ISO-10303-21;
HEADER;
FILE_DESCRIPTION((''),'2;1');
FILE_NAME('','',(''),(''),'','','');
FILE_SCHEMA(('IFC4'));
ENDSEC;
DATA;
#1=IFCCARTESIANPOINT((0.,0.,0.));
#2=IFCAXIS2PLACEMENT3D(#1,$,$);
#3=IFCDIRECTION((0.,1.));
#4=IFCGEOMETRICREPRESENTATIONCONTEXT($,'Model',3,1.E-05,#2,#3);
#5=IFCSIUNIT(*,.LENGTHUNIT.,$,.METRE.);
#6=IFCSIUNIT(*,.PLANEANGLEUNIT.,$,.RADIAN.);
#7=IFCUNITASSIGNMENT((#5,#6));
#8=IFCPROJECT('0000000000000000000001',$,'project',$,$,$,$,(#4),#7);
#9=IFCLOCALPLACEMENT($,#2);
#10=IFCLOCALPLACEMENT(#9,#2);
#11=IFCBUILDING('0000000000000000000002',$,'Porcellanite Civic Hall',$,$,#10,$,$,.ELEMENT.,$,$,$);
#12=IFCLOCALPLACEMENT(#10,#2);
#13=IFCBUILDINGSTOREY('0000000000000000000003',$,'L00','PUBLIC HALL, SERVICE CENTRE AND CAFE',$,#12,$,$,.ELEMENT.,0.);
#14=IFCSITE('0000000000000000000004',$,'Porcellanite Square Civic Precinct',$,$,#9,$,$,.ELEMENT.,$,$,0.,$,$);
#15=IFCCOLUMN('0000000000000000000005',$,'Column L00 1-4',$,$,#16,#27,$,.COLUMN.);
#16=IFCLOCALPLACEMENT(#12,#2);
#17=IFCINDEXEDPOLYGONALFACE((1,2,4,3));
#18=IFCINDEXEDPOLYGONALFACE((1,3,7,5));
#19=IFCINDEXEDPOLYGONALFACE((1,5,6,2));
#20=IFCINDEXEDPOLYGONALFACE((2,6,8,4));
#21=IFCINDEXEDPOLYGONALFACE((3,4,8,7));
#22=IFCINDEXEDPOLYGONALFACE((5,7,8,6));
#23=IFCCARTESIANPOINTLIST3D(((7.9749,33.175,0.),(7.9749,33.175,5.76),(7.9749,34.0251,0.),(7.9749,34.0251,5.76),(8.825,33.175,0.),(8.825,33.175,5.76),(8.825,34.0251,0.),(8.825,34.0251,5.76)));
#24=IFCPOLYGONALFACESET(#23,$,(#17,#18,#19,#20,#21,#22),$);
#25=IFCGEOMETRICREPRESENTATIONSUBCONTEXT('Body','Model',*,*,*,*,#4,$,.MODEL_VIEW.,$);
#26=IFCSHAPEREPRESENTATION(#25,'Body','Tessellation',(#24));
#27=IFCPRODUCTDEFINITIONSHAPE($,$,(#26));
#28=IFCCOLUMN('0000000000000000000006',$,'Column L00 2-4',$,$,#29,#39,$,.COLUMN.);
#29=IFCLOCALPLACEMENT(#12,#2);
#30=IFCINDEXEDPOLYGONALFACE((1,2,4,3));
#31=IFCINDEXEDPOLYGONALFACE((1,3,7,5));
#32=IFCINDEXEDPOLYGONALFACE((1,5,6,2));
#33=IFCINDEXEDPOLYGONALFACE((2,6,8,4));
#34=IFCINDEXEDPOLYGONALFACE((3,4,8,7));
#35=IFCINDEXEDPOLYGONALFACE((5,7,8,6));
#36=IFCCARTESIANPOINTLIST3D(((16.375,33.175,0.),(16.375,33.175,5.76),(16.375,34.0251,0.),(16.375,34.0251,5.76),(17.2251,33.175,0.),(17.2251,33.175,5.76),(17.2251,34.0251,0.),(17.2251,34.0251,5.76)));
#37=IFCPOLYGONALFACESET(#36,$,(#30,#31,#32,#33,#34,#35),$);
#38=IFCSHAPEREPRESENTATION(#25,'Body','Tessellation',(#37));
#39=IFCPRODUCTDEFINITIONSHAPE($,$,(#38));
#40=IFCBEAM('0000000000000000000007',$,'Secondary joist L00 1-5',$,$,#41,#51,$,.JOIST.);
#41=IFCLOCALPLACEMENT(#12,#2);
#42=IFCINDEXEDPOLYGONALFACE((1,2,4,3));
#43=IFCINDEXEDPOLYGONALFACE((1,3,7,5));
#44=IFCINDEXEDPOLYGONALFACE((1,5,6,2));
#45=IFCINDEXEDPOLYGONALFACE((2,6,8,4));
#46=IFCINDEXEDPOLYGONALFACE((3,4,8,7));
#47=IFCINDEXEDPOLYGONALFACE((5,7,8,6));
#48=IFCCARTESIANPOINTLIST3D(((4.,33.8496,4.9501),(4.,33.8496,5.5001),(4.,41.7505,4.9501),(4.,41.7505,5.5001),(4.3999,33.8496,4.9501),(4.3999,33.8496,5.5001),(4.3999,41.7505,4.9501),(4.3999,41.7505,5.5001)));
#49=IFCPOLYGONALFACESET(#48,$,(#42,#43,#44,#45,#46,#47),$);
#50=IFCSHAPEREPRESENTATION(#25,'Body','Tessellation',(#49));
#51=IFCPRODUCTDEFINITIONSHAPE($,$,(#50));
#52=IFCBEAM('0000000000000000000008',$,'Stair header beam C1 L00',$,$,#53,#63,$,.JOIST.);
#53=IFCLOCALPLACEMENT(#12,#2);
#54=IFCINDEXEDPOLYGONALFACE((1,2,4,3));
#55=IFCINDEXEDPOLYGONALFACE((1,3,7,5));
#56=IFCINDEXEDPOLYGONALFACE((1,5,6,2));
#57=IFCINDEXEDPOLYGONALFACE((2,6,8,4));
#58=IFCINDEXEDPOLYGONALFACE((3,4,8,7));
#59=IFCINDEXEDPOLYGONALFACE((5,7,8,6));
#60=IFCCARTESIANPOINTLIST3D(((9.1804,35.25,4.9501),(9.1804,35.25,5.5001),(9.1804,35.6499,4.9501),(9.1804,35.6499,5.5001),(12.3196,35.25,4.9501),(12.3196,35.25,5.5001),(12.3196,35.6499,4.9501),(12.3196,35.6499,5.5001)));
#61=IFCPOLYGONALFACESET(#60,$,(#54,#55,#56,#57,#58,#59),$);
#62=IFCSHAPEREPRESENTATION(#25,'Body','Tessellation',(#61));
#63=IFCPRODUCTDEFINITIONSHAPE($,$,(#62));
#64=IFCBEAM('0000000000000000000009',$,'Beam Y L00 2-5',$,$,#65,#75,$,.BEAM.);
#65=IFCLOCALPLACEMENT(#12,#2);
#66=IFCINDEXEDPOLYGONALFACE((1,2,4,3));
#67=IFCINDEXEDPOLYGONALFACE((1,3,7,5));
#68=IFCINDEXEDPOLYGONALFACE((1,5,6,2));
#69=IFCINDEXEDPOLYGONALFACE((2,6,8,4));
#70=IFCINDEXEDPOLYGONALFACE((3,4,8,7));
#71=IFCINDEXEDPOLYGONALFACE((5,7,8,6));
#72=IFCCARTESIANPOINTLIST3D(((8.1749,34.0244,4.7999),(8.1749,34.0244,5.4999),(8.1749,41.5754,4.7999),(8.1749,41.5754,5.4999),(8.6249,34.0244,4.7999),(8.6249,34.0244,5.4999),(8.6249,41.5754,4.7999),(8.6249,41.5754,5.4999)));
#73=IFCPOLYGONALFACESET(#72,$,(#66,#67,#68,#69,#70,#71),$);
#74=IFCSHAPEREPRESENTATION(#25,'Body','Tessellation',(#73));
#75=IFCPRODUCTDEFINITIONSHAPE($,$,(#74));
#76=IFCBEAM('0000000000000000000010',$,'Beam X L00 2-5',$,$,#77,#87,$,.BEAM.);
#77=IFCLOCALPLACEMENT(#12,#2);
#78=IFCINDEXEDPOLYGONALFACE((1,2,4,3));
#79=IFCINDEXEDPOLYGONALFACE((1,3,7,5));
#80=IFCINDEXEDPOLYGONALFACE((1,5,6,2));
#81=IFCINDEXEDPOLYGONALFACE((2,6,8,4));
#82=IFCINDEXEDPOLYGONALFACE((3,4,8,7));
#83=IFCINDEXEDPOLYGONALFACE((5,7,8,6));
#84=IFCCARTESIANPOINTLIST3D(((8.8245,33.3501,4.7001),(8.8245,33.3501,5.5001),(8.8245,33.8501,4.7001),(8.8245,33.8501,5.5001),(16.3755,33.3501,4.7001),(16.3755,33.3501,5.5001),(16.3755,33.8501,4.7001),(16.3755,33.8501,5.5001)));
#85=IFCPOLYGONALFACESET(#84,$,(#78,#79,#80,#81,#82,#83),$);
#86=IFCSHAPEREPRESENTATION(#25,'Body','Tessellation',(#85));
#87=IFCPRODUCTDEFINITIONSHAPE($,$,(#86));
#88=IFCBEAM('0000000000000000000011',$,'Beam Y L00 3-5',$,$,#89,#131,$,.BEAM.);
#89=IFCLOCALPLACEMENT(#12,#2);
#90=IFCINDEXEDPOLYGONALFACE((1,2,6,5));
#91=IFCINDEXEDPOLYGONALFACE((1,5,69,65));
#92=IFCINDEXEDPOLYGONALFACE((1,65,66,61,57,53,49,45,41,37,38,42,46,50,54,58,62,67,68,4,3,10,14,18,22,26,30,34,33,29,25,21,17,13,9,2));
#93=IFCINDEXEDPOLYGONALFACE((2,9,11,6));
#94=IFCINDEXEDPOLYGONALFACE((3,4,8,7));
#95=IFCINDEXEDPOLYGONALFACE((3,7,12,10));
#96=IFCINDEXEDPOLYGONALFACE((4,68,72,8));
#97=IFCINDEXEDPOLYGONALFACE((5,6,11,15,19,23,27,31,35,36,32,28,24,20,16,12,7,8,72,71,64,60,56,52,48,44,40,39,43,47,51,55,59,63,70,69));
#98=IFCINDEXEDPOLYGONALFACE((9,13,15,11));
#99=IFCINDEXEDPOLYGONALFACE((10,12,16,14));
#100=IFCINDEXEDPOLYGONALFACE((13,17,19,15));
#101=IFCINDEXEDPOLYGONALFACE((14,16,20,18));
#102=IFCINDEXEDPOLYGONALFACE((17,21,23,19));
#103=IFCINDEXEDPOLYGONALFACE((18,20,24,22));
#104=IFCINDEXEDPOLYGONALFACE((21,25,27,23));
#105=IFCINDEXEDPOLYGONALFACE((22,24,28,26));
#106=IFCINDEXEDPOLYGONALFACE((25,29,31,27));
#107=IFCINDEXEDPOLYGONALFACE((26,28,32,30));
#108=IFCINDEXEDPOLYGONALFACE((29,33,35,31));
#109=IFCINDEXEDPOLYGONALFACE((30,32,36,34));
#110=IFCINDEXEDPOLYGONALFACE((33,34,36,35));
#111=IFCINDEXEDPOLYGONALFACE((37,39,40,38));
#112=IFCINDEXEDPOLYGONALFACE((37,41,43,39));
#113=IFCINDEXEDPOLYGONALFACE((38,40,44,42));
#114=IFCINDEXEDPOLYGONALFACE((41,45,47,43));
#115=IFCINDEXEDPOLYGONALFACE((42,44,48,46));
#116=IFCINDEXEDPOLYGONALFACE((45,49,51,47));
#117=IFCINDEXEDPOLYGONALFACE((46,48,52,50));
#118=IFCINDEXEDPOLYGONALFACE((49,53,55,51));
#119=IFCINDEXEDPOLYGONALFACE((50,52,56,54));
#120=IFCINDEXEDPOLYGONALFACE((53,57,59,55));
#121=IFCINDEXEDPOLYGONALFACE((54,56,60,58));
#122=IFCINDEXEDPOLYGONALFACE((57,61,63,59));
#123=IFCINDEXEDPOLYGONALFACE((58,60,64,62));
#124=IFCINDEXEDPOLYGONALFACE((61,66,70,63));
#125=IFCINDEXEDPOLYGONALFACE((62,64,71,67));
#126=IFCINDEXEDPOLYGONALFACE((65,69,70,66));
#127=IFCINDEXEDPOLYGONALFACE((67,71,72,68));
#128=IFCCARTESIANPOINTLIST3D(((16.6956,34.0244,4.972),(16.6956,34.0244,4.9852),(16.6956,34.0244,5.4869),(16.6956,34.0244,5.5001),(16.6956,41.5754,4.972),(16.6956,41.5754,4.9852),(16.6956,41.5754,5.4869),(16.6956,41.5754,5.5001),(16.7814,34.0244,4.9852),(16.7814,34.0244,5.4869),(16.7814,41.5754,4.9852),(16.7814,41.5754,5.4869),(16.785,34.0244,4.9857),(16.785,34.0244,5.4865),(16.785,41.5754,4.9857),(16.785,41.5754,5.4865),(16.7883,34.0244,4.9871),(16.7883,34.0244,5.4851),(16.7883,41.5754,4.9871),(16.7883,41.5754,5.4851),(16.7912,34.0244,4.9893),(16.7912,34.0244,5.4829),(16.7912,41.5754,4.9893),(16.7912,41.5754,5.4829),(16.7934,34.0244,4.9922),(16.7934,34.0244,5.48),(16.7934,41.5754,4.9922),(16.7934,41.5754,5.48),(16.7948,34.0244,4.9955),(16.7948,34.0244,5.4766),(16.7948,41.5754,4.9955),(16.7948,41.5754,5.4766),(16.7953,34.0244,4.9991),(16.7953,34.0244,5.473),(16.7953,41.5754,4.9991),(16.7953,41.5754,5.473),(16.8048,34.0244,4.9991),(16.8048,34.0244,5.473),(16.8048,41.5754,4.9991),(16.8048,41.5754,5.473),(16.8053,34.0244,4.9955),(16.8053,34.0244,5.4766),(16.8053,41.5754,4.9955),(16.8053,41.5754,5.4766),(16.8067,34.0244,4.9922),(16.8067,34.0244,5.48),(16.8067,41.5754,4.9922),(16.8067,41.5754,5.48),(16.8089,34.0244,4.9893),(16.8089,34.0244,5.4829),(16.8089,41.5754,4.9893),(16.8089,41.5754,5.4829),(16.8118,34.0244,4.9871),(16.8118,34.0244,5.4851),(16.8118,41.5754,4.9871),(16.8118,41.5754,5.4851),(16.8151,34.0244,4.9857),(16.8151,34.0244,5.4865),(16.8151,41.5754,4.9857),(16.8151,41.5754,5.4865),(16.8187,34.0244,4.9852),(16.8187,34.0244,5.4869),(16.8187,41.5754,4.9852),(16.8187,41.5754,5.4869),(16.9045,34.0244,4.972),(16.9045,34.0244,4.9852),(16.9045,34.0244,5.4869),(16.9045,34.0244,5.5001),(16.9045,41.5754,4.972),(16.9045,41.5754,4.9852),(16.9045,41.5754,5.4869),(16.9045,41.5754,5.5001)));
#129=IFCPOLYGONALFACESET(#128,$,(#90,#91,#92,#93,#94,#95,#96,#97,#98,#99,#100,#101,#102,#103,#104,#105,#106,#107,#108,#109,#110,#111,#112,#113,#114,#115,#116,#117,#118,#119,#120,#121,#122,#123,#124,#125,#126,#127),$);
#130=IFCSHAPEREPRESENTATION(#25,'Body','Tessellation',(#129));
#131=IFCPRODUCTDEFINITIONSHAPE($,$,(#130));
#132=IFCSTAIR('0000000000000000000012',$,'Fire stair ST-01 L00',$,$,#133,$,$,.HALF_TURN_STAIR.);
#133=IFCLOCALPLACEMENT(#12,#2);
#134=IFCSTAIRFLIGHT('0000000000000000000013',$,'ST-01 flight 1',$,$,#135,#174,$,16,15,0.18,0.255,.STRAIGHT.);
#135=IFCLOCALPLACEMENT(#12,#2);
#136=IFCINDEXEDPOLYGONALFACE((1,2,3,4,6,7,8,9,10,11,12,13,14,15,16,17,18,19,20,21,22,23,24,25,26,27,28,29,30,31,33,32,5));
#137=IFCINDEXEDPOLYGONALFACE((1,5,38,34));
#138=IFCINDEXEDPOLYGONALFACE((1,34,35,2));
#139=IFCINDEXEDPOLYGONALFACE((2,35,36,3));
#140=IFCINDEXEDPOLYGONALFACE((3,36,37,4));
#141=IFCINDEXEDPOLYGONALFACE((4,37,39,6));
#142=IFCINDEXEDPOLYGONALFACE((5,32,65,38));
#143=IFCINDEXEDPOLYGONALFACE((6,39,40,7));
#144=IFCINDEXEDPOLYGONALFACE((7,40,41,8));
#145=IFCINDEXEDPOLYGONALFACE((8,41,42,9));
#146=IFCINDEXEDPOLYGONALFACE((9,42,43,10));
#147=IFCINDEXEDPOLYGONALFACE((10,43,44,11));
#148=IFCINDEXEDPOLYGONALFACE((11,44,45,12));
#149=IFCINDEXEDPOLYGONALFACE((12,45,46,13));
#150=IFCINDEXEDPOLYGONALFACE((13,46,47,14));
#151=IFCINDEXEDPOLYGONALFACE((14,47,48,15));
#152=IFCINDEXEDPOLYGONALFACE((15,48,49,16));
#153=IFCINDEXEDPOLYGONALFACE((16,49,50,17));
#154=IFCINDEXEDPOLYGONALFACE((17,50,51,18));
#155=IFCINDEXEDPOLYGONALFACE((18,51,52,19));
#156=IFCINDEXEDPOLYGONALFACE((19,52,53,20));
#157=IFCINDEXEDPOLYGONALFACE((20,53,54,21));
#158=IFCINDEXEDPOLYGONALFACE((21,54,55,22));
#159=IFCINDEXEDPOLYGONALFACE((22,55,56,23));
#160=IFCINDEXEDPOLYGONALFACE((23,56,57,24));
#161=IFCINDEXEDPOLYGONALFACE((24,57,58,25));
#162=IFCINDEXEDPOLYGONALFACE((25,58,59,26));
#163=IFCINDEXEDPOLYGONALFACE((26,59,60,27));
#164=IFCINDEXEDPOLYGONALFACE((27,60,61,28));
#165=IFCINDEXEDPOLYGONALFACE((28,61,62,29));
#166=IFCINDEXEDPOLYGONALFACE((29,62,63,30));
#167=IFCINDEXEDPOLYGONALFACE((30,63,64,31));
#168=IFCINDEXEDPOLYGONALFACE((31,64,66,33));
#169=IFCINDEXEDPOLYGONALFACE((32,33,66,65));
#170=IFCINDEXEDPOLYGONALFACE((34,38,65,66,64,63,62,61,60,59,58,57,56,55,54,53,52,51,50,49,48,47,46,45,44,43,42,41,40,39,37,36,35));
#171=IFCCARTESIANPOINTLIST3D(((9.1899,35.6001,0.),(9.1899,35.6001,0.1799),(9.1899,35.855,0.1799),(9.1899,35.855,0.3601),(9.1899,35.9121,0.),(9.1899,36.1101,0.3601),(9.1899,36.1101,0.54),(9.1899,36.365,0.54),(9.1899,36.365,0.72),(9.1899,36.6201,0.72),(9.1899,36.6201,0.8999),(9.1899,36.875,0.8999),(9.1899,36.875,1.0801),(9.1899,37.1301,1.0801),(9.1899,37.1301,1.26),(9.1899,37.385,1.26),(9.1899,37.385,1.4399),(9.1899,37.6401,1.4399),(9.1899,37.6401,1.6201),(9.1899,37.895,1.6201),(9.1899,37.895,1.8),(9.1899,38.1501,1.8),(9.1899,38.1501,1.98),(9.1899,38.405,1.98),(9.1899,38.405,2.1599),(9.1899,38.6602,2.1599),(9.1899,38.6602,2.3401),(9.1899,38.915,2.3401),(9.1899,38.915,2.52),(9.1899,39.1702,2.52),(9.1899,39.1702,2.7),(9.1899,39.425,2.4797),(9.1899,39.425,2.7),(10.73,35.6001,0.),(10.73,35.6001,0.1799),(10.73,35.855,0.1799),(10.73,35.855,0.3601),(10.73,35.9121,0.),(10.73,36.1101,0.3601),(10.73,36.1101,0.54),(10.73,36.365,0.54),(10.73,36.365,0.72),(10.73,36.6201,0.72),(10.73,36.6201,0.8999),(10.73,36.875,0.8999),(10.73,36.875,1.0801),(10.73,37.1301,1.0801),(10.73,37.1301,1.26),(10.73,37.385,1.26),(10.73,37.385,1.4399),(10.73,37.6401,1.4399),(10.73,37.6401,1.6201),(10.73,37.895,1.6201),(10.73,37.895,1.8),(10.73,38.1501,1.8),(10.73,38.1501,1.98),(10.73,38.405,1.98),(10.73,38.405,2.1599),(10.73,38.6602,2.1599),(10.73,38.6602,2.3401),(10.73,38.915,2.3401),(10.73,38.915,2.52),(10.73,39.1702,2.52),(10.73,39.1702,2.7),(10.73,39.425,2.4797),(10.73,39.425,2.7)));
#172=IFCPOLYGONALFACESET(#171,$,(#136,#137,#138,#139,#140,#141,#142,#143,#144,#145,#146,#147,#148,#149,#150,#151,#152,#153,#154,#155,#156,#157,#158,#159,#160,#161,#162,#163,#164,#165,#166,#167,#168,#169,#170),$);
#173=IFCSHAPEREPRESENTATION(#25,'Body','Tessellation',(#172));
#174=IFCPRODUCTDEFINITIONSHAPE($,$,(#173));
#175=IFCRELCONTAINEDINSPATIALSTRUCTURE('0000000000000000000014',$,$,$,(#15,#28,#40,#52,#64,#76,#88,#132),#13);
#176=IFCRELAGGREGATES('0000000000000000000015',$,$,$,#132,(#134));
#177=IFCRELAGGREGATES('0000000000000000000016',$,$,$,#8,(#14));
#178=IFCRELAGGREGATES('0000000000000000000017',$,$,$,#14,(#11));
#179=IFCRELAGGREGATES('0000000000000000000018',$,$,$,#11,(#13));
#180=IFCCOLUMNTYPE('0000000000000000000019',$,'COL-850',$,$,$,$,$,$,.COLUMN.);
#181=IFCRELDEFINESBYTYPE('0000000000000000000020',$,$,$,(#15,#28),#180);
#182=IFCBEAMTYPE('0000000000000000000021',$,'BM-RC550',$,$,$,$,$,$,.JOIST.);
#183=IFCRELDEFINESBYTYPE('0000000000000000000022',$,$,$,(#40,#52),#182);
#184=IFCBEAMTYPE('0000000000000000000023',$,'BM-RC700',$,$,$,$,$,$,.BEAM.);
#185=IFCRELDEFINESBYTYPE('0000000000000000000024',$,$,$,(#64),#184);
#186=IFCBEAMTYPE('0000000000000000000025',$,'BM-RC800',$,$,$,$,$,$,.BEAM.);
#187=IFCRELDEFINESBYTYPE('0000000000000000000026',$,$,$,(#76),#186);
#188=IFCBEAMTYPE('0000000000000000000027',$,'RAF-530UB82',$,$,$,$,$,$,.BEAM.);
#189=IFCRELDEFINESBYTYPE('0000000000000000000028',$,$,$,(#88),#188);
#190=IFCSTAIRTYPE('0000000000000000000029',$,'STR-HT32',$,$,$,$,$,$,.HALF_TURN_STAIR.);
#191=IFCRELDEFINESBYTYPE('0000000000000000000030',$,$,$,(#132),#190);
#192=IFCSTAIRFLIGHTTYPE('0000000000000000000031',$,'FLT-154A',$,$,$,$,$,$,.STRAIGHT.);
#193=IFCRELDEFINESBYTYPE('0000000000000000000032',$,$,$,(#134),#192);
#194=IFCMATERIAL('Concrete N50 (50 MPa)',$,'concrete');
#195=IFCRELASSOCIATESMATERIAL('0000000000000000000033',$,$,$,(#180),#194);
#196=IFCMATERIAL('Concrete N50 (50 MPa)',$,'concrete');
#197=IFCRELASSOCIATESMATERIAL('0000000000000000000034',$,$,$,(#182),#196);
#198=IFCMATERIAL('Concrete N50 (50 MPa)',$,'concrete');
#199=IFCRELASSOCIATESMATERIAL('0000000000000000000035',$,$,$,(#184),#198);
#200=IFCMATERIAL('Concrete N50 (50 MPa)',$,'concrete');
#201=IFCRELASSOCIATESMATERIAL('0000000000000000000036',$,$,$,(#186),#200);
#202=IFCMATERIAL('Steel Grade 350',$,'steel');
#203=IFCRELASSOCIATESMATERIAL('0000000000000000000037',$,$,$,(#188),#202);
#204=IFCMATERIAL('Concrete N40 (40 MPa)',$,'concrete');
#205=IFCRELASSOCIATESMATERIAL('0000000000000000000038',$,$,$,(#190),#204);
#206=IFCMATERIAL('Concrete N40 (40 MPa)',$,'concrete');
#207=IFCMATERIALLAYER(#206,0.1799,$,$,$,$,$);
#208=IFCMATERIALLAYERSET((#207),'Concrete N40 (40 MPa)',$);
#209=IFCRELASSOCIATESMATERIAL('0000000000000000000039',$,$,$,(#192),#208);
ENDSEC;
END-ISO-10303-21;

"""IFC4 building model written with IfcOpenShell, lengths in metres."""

from ifc_helpers import new_model, si_unit, direction, frame, origin, origin_2d, place, context, subcontext, project, spatial, polyline, rectangle, i_section, outline, extrude, material, layer, layer_set, material_profile, profile_set, type_object, element, aggregate, save


model = new_model("IFC4")

# Units and contexts
model_context = context("Model", 3, precision=1e-05, world=origin(), true_north=direction((0.0, 1.0)))
body_context = subcontext(model_context, "Body", "Model", "MODEL_VIEW")
ifc_project = project(units=[si_unit("LENGTHUNIT", "METRE"), si_unit("PLANEANGLEUNIT", "RADIAN")], contexts=[model_context])

# Site, building, storey
site_placement = place(None, origin())
site = spatial("IfcSite", under=ifc_project, at=site_placement, Name="Porcellanite Square Civic Precinct", CompositionType="ELEMENT", RefElevation=0.0)
building_placement = place(site_placement, origin())
building = spatial("IfcBuilding", under=site, at=building_placement, Name="Porcellanite Civic Hall", CompositionType="ELEMENT")
storey_placement = place(building_placement, origin())
storey = spatial("IfcBuildingStorey", under=building, at=storey_placement, Name="L00", Description="PUBLIC HALL, SERVICE CENTRE AND CAFE", CompositionType="ELEMENT", Elevation=0.0)

# Columns
ifc_material_1 = material(Name="Concrete N50 (50 MPa)", Category="concrete")
ifc_material_profile_1 = material_profile(ifc_material_1, rectangle(XDim=0.8501, YDim=0.8501, at=origin_2d()), Name="RC-850x850")
ifc_profile_set_1 = profile_set([ifc_material_profile_1], Name="Concrete N50 (50 MPa)")
column_type = type_object("IfcColumnType", Name="COL-850", PredefinedType="COLUMN", material=ifc_profile_set_1)
for number, where, z_axis, x_axis, name in (
    (1, (8.3999, 33.6001, 0.0), (0.0, 0.0, 1.0), (1.0, 0.0, 0.0), "Column L00 1-4"),
    (2, (16.8, 33.6001, 0.0), (0.0, 0.0, 1.0), (1.0, 0.0, 0.0), "Column L00 2-4"),
):
    element("IfcColumn", number, at=place(storey_placement, frame(where, z_axis=z_axis, x_axis=x_axis)), inside=storey, type_object=column_type, Name=name, PredefinedType="COLUMN", context=body_context, shape_type="SweptSolid", body=[
        extrude(rectangle(XDim=0.8501, YDim=0.8501, at=origin_2d()), origin(), (0.0, 0.0, 1.0), 5.76),
    ])

# Beams
ifc_material_2 = material(Name="Concrete N50 (50 MPa)", Category="concrete")
ifc_material_profile_2 = material_profile(ifc_material_2, rectangle(XDim=0.3999, YDim=0.55, at=origin_2d()), Name="RC-400x550")
ifc_profile_set_2 = profile_set([ifc_material_profile_2], Name="Concrete N50 (50 MPa)")
beam_type_1 = type_object("IfcBeamType", Name="BM-RC550", PredefinedType="JOIST", material=ifc_profile_set_2)
beam_1_placement = place(storey_placement, frame((4.2, 33.8496, 5.2251), z_axis=(0.0, 1.0, 0.0), x_axis=(-1.0, 0.0, 0.0)))
element("IfcBeam", 3, at=beam_1_placement, inside=storey, type_object=beam_type_1, Name="Secondary joist L00 1-5", PredefinedType="JOIST", context=body_context, shape_type="SweptSolid", body=[
    extrude(rectangle(XDim=0.3999, YDim=0.55, at=origin_2d()), origin(), (0.0, 0.0, 1.0), 7.9009),
])
beam_2_placement = place(storey_placement, frame((9.1804, 35.45, 5.2251), z_axis=(1.0, 0.0, 0.0), x_axis=(0.0, 1.0, 0.0)))
element("IfcBeam", 4, at=beam_2_placement, inside=storey, type_object=beam_type_1, Name="Stair header beam C1 L00", PredefinedType="JOIST", context=body_context, shape_type="SweptSolid", body=[
    extrude(rectangle(XDim=0.3999, YDim=0.55, at=origin_2d()), origin(), (0.0, 0.0, 1.0), 3.1392),
])
ifc_material_3 = material(Name="Concrete N50 (50 MPa)", Category="concrete")
ifc_material_profile_3 = material_profile(ifc_material_3, rectangle(XDim=0.45, YDim=0.7, at=origin_2d()), Name="RC-450x700")
ifc_profile_set_3 = profile_set([ifc_material_profile_3], Name="Concrete N50 (50 MPa)")
beam_type_2 = type_object("IfcBeamType", Name="BM-RC700", PredefinedType="BEAM", material=ifc_profile_set_3)
beam_3_placement = place(storey_placement, frame((8.3999, 34.0244, 5.1499), z_axis=(0.0, 1.0, 0.0), x_axis=(-1.0, 0.0, 0.0)))
element("IfcBeam", 5, at=beam_3_placement, inside=storey, type_object=beam_type_2, Name="Beam Y L00 2-5", PredefinedType="BEAM", context=body_context, shape_type="SweptSolid", body=[
    extrude(rectangle(XDim=0.45, YDim=0.7, at=origin_2d()), origin(), (0.0, 0.0, 1.0), 7.551),
])
ifc_material_4 = material(Name="Concrete N50 (50 MPa)", Category="concrete")
ifc_material_profile_4 = material_profile(ifc_material_4, rectangle(XDim=0.5, YDim=0.8, at=origin_2d()), Name="RC-500x800")
ifc_profile_set_4 = profile_set([ifc_material_profile_4], Name="Concrete N50 (50 MPa)")
beam_type_3 = type_object("IfcBeamType", Name="BM-RC800", PredefinedType="BEAM", material=ifc_profile_set_4)
beam_4_placement = place(storey_placement, frame((8.8245, 33.6001, 5.1001), z_axis=(1.0, 0.0, 0.0), x_axis=(0.0, 1.0, 0.0)))
element("IfcBeam", 6, at=beam_4_placement, inside=storey, type_object=beam_type_3, Name="Beam X L00 2-5", PredefinedType="BEAM", context=body_context, shape_type="SweptSolid", body=[
    extrude(rectangle(XDim=0.5, YDim=0.8, at=origin_2d()), origin(), (0.0, 0.0, 1.0), 7.551),
])
ifc_material_5 = material(Name="Steel Grade 350", Category="steel")
ifc_material_profile_5 = material_profile(ifc_material_5, i_section(OverallWidth=0.209, OverallDepth=0.5281, WebThickness=0.0095, FlangeThickness=0.0132, FilletRadius=0.0139, at=origin_2d()), Name="530UB82.0")
ifc_profile_set_5 = profile_set([ifc_material_profile_5], Name="Steel Grade 350")
beam_type_4 = type_object("IfcBeamType", Name="RAF-530UB82", PredefinedType="BEAM", material=ifc_profile_set_5)
beam_5_placement = place(storey_placement, frame((16.8, 34.0244, 5.2361), z_axis=(0.0, 1.0, 0.0), x_axis=(-1.0, 0.0, 0.0)))
element("IfcBeam", 7, at=beam_5_placement, inside=storey, type_object=beam_type_4, Name="Beam Y L00 3-5", PredefinedType="BEAM", context=body_context, shape_type="SweptSolid", body=[
    extrude(i_section(OverallWidth=0.209, OverallDepth=0.5281, WebThickness=0.0095, FlangeThickness=0.0132, FilletRadius=0.0139, at=origin_2d()), origin(), (0.0, 0.0, 1.0), 7.551),
])

# Stair, stair flight
ifc_material_6 = material(Name="Concrete N40 (40 MPa)", Category="concrete")
stair_type = type_object("IfcStairType", Name="STR-HT32", PredefinedType="HALF_TURN_STAIR", material=ifc_material_6)
stair_placement = place(storey_placement, origin())
stair = element("IfcStair", 8, at=stair_placement, inside=storey, type_object=stair_type, Name="Fire stair ST-01 L00", PredefinedType="HALF_TURN_STAIR")
ifc_material_7 = material(Name="Concrete N40 (40 MPa)", Category="concrete")
ifc_layer_1 = layer(ifc_material_7, 0.1799)
ifc_layer_set_1 = layer_set([ifc_layer_1], Name="Concrete N40 (40 MPa)")
stair_flight_type = type_object("IfcStairFlightType", Name="FLT-154A", PredefinedType="STRAIGHT", material=ifc_layer_set_1)
stair_flight_1_placement = place(storey_placement, frame((9.96, 35.6001, 0.0), z_axis=(0.0, 0.0, 1.0), x_axis=(0.0, 1.0, 0.0)))
stair_flight_1 = element("IfcStairFlight", 9, at=stair_flight_1_placement, type_object=stair_flight_type, Name="ST-01 flight 1", NumberOfRisers=16, NumberOfTreads=15, PredefinedType="STRAIGHT", RiserHeight=0.18, TreadLength=0.255, context=body_context, shape_type="SweptSolid", body=[
    extrude(outline(polyline([(0.0, 0.0), (0.0, 0.1799), (0.2549, 0.1799), (0.2549, 0.3601), (0.51, 0.3601), (0.51, 0.54), (0.7649, 0.54), (0.7649, 0.72), (1.02, 0.72), (1.02, 0.8999), (1.2749, 0.8999), (1.2749, 1.0801), (1.53, 1.0801), (1.53, 1.26), (1.7849, 1.26), (1.7849, 1.4399), (2.04, 1.4399), (2.04, 1.6201), (2.2949, 1.6201), (2.2949, 1.8), (2.55, 1.8), (2.55, 1.98), (2.8049, 1.98), (2.8049, 2.1599), (3.0601, 2.1599), (3.0601, 2.3401), (3.3149, 2.3401), (3.3149, 2.52), (3.5701, 2.52), (3.5701, 2.7), (3.825, 2.7), (3.825, 2.8799), (3.825, 2.4797), (0.312, 0.0), (0.0, 0.0)])), frame((0.0, 0.77, 0.0), z_axis=(0.0, -1.0, 0.0), x_axis=(1.0, 0.0, 0.0)), (0.0, 0.0, 1.0), 1.54),
])
aggregate(stair, [stair_flight_1])

save(model, "model.ifc")
